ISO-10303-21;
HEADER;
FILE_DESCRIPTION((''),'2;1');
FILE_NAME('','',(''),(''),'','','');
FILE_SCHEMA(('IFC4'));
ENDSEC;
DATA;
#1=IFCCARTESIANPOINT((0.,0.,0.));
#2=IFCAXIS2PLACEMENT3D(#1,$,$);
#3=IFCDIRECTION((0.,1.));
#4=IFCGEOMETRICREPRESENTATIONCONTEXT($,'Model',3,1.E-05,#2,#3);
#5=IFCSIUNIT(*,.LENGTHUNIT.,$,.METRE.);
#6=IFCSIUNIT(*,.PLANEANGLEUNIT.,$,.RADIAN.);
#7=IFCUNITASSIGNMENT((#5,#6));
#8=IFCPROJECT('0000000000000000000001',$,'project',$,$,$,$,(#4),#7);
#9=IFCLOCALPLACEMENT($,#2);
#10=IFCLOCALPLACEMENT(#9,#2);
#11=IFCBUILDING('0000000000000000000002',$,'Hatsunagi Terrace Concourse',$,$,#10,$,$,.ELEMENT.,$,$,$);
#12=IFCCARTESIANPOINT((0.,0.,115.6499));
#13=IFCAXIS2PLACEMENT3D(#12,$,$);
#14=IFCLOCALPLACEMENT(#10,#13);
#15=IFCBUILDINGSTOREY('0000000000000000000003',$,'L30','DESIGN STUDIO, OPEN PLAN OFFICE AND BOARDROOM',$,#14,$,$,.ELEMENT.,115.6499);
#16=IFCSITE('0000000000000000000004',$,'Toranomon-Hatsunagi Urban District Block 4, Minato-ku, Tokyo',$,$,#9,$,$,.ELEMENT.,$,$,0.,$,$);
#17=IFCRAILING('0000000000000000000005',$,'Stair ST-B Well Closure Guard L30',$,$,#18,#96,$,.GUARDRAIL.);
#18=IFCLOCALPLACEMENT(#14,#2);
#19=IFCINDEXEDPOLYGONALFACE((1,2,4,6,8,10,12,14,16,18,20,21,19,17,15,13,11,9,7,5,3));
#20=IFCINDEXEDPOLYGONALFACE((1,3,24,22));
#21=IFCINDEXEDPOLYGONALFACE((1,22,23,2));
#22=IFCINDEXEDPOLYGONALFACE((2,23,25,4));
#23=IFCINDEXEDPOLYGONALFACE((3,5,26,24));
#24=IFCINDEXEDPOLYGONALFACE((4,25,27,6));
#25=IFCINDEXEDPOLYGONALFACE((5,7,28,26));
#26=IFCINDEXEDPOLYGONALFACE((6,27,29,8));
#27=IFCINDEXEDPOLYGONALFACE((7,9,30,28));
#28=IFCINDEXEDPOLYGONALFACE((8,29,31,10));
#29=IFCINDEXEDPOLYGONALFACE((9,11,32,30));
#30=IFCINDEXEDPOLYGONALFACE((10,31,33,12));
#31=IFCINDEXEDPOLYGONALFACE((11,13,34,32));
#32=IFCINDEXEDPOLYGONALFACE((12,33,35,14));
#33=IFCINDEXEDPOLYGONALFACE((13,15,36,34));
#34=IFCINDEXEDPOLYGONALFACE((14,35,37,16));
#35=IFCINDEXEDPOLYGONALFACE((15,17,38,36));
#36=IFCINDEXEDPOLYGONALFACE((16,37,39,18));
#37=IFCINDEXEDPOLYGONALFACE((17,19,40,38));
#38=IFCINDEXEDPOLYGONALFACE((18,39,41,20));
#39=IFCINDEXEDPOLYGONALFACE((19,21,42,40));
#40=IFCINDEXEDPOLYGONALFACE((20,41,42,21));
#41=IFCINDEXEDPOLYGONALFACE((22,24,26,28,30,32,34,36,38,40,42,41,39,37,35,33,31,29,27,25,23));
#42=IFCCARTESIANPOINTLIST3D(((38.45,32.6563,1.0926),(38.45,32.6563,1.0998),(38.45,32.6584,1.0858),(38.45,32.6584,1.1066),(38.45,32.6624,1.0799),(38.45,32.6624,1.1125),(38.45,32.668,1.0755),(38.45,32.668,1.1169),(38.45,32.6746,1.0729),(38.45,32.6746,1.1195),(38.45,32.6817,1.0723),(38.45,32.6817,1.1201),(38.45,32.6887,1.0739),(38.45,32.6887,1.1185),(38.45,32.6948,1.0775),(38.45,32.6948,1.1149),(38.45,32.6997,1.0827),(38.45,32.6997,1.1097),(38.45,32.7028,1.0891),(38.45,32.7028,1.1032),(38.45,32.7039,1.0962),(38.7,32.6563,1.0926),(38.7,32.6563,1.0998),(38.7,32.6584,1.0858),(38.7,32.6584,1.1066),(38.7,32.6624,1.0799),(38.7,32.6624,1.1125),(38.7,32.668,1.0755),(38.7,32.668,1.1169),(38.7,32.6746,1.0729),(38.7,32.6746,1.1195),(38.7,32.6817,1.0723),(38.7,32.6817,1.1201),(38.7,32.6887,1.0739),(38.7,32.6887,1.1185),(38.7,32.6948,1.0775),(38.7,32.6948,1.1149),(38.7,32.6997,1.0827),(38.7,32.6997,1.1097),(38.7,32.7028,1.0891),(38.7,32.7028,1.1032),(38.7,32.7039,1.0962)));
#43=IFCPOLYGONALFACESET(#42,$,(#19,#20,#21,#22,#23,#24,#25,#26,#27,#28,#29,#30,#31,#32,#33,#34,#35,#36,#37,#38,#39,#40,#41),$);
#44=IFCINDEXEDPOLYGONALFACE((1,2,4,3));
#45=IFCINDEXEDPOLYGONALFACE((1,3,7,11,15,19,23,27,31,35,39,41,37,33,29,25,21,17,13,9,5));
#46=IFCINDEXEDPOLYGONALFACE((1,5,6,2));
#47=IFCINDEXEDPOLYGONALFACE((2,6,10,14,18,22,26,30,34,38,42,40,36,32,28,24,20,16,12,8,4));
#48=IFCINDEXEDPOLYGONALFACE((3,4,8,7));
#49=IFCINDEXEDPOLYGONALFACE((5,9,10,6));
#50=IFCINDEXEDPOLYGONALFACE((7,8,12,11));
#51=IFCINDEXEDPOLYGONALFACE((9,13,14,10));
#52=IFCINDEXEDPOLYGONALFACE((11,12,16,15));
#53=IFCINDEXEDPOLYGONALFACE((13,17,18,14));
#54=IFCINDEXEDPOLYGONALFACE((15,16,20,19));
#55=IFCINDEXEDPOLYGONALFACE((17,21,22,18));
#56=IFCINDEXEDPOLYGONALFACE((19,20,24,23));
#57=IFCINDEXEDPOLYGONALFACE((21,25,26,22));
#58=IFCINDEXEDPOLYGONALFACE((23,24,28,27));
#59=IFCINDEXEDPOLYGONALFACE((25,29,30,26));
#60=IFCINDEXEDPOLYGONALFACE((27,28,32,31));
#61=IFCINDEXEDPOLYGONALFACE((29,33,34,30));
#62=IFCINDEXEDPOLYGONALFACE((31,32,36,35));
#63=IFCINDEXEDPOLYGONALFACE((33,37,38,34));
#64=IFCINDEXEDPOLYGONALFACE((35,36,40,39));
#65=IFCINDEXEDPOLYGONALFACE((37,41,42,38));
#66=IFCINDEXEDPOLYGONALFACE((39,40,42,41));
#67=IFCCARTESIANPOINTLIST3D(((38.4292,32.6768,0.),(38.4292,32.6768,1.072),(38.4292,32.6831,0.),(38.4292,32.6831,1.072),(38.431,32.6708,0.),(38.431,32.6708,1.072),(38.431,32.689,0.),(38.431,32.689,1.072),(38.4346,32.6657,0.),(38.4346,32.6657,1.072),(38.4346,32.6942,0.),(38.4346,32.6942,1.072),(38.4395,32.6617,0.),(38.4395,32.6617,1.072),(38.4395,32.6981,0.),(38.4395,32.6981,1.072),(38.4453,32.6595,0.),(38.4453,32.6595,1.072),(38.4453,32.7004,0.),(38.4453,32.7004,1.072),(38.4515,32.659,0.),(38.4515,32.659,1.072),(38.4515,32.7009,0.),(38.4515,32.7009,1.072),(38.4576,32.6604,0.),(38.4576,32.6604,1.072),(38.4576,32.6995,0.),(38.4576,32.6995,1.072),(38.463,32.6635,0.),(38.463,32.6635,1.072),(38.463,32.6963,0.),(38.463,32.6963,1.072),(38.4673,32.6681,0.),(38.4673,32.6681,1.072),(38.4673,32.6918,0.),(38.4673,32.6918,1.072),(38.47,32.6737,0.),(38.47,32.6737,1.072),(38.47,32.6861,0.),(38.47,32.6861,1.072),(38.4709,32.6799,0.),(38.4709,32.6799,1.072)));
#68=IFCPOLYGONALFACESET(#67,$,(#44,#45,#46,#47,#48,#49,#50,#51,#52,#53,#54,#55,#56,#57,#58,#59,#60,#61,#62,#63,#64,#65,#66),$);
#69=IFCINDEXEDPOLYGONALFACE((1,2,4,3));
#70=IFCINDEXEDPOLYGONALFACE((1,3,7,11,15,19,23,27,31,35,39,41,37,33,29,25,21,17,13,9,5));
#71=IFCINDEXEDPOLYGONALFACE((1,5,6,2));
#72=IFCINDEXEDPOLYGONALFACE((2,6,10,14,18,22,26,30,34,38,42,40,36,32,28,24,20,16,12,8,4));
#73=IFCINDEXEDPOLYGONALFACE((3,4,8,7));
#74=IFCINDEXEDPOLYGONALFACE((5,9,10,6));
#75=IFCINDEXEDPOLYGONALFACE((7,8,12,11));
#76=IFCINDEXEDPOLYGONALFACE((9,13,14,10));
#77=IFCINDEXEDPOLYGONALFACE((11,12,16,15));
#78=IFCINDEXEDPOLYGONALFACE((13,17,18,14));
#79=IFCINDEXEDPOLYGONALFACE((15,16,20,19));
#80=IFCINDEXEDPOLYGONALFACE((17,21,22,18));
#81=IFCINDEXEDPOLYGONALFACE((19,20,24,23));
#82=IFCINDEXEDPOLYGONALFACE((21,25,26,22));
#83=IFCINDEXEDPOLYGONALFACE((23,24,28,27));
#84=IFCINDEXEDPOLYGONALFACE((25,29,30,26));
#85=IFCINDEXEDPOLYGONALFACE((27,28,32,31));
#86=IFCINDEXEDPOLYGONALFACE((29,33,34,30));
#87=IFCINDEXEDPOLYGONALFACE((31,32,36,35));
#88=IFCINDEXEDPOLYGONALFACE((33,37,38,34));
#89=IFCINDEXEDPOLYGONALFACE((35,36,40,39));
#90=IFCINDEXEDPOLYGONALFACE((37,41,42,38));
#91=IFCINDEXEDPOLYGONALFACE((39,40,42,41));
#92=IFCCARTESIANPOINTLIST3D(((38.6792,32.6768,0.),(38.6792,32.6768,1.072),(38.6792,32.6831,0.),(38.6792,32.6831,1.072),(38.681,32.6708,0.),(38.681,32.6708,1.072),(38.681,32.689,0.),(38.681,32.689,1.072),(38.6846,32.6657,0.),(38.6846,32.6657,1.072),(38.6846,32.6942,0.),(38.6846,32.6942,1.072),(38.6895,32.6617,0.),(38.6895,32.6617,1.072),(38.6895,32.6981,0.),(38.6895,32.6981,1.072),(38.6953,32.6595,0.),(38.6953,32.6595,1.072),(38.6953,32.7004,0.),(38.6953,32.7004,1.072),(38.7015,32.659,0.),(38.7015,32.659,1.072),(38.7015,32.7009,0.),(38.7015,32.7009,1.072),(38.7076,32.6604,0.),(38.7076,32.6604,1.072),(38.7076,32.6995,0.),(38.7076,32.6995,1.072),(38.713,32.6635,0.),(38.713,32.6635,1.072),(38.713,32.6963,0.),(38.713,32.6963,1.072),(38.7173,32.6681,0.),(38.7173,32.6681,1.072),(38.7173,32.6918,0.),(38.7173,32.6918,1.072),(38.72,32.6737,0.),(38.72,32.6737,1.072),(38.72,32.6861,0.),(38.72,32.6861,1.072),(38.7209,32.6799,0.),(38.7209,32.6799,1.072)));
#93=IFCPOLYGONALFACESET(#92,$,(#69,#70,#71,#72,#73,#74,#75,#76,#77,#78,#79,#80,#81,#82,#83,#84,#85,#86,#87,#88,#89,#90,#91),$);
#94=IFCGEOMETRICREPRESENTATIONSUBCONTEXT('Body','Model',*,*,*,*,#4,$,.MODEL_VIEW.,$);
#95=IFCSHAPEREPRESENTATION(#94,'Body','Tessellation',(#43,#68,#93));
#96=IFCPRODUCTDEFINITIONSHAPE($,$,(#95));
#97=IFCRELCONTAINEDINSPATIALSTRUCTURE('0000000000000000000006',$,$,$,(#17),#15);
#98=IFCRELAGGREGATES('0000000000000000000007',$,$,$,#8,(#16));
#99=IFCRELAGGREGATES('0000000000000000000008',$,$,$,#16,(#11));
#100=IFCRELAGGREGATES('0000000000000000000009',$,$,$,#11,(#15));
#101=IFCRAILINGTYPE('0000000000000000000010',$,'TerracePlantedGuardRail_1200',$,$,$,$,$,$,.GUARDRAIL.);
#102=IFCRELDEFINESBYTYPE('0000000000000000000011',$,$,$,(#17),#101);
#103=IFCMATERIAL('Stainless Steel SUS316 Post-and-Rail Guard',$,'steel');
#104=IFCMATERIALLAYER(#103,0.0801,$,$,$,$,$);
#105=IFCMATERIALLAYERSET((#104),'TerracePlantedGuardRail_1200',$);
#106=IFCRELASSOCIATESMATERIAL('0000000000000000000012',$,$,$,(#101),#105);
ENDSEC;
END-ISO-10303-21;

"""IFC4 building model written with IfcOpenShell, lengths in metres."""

from ifc_helpers import new_model, si_unit, direction, frame, origin, origin_2d, place, context, subcontext, project, spatial, circle, extrude, material, layer, layer_set, type_object, element, save


model = new_model("IFC4")

# Units and contexts
model_context = context("Model", 3, precision=1e-05, world=origin(), true_north=direction((0.0, 1.0)))
body_context = subcontext(model_context, "Body", "Model", "MODEL_VIEW")
ifc_project = project(units=[si_unit("LENGTHUNIT", "METRE"), si_unit("PLANEANGLEUNIT", "RADIAN")], contexts=[model_context])

# Site, building, storey
site_placement = place(None, origin())
site = spatial("IfcSite", under=ifc_project, at=site_placement, Name="Toranomon-Hatsunagi Urban District Block 4, Minato-ku, Tokyo", CompositionType="ELEMENT", RefElevation=0.0)
building_placement = place(site_placement, origin())
building = spatial("IfcBuilding", under=site, at=building_placement, Name="Hatsunagi Terrace Concourse", CompositionType="ELEMENT")
storey_placement = place(building_placement, frame((0.0, 0.0, 115.6499)))
storey = spatial("IfcBuildingStorey", under=building, at=storey_placement, Name="L30", Description="DESIGN STUDIO, OPEN PLAN OFFICE AND BOARDROOM", CompositionType="ELEMENT", Elevation=115.6499)

# Railing
ifc_material_1 = material(Name="Stainless Steel SUS316 Post-and-Rail Guard", Category="steel")
ifc_layer_1 = layer(ifc_material_1, 0.0801)
ifc_layer_set_1 = layer_set([ifc_layer_1], Name="TerracePlantedGuardRail_1200")
railing_type_1 = type_object("IfcRailingType", Name="TerracePlantedGuardRail_1200", PredefinedType="GUARDRAIL", material=ifc_layer_set_1)
railing_1_placement = place(storey_placement, frame((38.45, 32.6799, 0.0)))
element("IfcRailing", 1, at=railing_1_placement, inside=storey, type_object=railing_type_1, Name="Stair ST-B Well Closure Guard L30", PredefinedType="GUARDRAIL", context=body_context, shape_type="SweptSolid", body=[
    extrude(circle(Radius=0.0239, at=origin_2d()), frame((0.0, 0.0, 1.0962), z_axis=(1.0, 0.0, 0.0), x_axis=(0.0, 1.0, 0.0)), (0.0, 0.0, 1.0), 0.25),
    extrude(circle(Radius=0.021, at=origin_2d()), origin(), (0.0, 0.0, 1.0), 1.072),
    extrude(circle(Radius=0.021, at=origin_2d()), frame((0.25, 0.0, 0.0)), (0.0, 0.0, 1.0), 1.072),
])

save(model, "model.ifc")
